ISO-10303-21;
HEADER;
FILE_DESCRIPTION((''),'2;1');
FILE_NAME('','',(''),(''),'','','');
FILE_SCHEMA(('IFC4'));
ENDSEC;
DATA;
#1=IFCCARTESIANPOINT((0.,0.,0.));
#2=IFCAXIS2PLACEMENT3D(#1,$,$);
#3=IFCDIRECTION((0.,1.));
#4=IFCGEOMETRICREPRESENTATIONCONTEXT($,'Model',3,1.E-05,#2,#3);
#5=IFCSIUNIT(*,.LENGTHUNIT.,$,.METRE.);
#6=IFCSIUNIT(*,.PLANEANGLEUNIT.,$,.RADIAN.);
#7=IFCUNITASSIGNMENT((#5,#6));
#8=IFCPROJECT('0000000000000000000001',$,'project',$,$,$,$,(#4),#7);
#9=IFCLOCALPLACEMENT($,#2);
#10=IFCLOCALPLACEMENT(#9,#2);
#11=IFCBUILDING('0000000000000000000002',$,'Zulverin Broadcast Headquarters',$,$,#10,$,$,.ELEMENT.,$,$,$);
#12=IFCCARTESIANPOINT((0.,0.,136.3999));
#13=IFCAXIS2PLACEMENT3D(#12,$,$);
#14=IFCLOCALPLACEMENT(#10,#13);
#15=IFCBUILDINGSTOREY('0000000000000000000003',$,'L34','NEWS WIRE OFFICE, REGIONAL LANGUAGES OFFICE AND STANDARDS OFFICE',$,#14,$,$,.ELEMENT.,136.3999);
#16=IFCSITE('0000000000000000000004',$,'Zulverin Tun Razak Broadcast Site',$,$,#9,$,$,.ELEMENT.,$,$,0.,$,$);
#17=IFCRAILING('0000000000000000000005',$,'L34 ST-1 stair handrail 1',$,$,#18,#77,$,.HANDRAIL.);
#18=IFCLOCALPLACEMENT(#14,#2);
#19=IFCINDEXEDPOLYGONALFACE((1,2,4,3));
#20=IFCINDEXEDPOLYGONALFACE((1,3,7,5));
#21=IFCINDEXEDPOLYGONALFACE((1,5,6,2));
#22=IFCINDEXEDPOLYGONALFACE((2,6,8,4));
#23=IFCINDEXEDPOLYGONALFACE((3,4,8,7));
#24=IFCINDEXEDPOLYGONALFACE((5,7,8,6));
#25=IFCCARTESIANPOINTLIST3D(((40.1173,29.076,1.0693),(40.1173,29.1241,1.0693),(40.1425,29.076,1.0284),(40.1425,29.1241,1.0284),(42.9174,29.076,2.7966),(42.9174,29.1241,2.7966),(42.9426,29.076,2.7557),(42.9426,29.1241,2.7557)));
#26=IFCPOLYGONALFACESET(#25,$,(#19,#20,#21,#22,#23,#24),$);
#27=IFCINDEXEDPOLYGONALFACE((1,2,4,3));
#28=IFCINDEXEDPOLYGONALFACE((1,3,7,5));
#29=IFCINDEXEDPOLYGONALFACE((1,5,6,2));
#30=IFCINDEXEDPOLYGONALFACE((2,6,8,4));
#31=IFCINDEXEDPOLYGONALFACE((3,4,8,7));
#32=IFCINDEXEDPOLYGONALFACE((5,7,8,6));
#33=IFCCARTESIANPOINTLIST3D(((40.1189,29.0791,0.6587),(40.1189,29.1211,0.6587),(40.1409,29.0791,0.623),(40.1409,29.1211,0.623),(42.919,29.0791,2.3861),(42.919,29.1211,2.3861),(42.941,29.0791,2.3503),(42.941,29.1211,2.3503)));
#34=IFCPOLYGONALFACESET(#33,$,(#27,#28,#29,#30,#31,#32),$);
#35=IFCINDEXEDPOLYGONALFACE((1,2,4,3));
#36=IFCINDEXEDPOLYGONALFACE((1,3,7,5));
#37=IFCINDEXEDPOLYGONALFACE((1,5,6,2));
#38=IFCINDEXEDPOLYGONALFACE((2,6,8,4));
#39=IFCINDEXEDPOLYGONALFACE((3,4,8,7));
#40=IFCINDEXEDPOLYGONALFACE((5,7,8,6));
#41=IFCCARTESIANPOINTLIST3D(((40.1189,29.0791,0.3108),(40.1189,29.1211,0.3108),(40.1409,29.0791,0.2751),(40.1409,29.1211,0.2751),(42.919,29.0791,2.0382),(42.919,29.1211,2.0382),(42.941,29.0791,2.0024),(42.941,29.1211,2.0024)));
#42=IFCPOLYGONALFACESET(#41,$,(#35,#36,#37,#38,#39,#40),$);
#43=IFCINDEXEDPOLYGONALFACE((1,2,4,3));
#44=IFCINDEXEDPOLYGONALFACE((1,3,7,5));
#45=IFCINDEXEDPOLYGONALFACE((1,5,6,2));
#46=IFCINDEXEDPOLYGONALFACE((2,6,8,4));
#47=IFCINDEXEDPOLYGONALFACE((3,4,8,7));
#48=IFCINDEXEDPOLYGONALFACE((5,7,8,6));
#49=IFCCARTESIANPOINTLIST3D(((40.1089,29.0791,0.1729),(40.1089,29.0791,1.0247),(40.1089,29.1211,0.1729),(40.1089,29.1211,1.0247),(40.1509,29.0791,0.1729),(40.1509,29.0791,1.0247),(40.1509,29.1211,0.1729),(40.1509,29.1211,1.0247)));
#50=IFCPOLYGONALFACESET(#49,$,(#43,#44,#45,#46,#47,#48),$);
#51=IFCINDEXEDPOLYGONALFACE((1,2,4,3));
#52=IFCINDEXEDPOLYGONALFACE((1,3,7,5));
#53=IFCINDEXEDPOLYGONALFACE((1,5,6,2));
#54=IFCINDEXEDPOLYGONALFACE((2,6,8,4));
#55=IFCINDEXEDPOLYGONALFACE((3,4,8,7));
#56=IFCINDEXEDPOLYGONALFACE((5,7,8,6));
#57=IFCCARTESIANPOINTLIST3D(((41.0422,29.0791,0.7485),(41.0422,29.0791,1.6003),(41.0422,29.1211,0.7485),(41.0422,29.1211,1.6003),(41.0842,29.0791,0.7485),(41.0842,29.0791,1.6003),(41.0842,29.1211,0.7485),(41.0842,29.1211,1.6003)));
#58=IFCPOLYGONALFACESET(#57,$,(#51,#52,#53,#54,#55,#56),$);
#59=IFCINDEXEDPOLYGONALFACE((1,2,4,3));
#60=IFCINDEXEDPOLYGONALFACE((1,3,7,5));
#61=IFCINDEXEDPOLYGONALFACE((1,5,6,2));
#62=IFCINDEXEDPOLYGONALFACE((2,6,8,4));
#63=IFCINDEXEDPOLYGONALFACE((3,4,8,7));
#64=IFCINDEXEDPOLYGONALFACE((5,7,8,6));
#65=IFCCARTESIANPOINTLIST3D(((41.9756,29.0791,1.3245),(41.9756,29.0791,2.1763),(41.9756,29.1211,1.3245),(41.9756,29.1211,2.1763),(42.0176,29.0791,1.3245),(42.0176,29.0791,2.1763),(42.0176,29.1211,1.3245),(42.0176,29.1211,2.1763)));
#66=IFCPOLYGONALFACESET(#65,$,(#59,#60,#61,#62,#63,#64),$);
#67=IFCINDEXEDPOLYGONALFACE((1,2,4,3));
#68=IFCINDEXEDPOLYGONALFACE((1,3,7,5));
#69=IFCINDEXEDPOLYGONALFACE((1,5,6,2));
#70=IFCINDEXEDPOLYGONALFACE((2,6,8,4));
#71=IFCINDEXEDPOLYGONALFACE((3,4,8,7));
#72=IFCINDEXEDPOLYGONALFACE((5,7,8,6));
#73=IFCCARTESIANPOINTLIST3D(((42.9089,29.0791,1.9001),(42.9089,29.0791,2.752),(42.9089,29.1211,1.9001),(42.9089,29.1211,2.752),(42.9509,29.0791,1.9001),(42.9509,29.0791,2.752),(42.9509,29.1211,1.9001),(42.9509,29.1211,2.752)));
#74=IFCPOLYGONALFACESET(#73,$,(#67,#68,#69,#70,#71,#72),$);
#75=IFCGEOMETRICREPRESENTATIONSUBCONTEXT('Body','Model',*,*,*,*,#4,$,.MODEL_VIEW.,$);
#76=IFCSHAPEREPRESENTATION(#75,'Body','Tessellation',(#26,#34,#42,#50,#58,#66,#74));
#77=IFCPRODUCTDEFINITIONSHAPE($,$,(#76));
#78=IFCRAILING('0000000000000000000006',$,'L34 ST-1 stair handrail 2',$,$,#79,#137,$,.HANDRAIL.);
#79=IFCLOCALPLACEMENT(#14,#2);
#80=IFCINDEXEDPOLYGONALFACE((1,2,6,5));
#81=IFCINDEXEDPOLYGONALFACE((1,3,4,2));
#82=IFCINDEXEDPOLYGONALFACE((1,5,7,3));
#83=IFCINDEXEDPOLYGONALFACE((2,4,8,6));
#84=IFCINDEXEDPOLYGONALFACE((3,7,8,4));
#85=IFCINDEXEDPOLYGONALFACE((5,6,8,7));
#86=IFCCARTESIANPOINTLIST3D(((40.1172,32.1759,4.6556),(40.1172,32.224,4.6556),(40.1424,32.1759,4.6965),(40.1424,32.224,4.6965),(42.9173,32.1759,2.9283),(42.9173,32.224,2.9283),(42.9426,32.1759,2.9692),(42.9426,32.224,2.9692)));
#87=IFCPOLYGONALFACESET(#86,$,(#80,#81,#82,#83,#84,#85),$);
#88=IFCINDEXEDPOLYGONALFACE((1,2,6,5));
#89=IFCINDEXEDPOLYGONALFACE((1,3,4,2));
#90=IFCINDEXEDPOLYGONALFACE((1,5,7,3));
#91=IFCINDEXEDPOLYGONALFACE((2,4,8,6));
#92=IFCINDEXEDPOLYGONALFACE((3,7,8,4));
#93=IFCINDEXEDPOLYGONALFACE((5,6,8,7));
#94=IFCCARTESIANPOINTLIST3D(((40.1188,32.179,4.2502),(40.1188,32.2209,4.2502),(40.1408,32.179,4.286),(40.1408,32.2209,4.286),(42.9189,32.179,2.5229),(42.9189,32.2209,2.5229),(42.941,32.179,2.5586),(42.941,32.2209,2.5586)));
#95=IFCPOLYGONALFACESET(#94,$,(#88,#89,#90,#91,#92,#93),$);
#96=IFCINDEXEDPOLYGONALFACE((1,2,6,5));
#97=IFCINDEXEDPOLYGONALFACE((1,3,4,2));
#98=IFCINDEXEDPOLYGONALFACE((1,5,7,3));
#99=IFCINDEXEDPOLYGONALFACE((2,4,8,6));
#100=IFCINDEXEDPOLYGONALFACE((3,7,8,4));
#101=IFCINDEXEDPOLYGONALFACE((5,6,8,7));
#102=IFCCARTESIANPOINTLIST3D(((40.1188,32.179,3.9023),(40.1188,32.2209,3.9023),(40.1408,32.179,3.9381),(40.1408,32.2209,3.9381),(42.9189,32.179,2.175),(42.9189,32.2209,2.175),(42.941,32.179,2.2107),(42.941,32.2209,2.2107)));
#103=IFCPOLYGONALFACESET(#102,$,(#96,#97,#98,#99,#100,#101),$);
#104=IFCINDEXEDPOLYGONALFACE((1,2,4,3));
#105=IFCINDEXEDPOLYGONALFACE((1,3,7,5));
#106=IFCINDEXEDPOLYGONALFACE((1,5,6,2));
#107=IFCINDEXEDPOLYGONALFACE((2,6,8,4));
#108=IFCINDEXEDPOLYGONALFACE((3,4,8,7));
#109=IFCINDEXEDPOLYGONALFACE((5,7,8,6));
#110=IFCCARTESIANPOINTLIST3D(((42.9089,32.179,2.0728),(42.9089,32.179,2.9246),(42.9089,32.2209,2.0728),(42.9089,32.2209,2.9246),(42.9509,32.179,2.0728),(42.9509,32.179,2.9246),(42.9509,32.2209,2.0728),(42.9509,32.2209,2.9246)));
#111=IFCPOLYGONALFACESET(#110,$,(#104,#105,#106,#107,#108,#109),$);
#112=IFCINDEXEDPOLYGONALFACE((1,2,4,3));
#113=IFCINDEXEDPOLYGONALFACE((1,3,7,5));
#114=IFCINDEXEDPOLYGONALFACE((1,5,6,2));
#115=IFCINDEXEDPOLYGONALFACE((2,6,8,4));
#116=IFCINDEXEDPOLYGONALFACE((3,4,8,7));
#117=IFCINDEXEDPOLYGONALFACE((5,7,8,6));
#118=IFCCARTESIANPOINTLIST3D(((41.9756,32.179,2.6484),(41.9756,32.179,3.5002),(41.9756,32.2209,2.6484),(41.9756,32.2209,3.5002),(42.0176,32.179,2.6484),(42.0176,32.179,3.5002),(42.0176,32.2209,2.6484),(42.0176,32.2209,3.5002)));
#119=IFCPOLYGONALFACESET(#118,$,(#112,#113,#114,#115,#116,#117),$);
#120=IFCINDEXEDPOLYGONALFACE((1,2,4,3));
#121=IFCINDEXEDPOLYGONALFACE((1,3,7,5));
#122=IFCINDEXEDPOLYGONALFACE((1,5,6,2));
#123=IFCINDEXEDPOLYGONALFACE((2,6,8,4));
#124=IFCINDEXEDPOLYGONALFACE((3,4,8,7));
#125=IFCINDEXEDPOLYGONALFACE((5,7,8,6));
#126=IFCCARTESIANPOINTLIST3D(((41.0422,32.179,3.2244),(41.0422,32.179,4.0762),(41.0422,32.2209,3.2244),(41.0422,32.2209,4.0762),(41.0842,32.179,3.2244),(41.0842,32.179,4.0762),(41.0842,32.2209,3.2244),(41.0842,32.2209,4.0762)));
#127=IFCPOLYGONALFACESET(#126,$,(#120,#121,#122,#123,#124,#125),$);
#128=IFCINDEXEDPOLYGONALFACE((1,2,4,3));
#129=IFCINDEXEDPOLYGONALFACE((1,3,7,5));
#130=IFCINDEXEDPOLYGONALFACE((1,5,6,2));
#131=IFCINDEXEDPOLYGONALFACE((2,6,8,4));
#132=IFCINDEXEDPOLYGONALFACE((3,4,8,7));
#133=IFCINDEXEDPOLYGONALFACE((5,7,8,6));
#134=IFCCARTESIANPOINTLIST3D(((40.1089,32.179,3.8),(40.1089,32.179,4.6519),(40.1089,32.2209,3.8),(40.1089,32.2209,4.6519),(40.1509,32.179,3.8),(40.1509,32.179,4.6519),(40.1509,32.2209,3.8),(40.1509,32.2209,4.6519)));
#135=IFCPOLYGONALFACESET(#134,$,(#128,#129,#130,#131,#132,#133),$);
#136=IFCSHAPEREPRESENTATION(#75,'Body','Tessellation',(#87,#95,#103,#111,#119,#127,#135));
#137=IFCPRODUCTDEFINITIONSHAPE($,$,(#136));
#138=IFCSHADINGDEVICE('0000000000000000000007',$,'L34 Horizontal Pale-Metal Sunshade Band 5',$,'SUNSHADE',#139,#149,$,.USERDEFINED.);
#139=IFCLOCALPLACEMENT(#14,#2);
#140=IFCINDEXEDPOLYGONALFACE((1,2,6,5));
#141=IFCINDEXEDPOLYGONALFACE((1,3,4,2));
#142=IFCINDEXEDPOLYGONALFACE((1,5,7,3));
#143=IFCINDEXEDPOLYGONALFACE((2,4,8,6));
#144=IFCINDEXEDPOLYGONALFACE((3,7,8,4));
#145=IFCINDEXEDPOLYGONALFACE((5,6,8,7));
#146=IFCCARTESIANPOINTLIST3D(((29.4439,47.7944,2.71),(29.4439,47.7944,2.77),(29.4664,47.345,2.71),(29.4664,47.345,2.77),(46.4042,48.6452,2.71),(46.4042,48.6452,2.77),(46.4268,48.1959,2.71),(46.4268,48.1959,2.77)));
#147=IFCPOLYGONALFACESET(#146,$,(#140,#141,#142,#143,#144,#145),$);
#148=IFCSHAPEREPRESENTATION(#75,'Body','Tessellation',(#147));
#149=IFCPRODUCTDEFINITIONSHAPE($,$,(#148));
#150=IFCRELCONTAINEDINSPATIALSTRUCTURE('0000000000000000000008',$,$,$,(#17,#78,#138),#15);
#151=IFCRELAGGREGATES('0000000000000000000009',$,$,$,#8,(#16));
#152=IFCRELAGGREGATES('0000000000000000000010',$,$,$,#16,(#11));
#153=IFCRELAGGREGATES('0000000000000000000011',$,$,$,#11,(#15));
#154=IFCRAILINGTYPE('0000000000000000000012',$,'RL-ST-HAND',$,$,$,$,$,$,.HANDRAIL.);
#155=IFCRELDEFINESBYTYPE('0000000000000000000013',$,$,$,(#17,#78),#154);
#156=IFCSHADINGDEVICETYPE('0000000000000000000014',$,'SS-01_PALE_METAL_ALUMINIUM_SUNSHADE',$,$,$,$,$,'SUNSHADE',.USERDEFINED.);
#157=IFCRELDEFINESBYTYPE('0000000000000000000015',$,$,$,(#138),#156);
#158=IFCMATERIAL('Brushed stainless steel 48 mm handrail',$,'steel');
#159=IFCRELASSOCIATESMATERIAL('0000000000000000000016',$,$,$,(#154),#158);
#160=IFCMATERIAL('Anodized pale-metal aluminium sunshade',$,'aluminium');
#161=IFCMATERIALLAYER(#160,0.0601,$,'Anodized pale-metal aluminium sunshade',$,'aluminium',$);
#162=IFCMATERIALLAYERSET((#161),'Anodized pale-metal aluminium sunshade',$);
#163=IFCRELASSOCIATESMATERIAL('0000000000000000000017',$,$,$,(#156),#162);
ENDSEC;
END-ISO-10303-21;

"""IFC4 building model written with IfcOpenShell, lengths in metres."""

from ifc_helpers import new_model, si_unit, direction, frame, origin, origin_2d, place, context, subcontext, project, spatial, rectangle, extrude, material, layer, layer_set, type_object, element, save


model = new_model("IFC4")

# Units and contexts
model_context = context("Model", 3, precision=1e-05, world=origin(), true_north=direction((0.0, 1.0)))
body_context = subcontext(model_context, "Body", "Model", "MODEL_VIEW")
ifc_project = project(units=[si_unit("LENGTHUNIT", "METRE"), si_unit("PLANEANGLEUNIT", "RADIAN")], contexts=[model_context])

# Site, building, storey
site_placement = place(None, origin())
site = spatial("IfcSite", under=ifc_project, at=site_placement, Name="Zulverin Tun Razak Broadcast Site", CompositionType="ELEMENT", RefElevation=0.0)
building_placement = place(site_placement, origin())
building = spatial("IfcBuilding", under=site, at=building_placement, Name="Zulverin Broadcast Headquarters", CompositionType="ELEMENT")
storey_placement = place(building_placement, frame((0.0, 0.0, 136.3999)))
storey = spatial("IfcBuildingStorey", under=building, at=storey_placement, Name="L34", Description="NEWS WIRE OFFICE, REGIONAL LANGUAGES OFFICE AND STANDARDS OFFICE", CompositionType="ELEMENT", Elevation=136.3999)

# Railings
ifc_material_1 = material(Name="Brushed stainless steel 48 mm handrail", Category="steel")
railing_type_1 = type_object("IfcRailingType", Name="RL-ST-HAND", PredefinedType="HANDRAIL", material=ifc_material_1)
railing_1_placement = place(storey_placement, frame((40.1299, 29.1001, 0.1729)))
element("IfcRailing", 1, at=railing_1_placement, inside=storey, type_object=railing_type_1, Name="L34 ST-1 stair handrail 1", PredefinedType="HANDRAIL", context=body_context, shape_type="SweptSolid", body=[
    extrude(rectangle(XDim=0.0481, YDim=0.0481, at=origin_2d()), frame((0.0, 0.0, 0.876), z_axis=(0.85109, 0.0, 0.52502), x_axis=(0.0, 1.0, 0.0)), (0.0, 0.0, 1.0), 3.29),
    extrude(rectangle(XDim=0.042, YDim=0.042, at=origin_2d()), frame((0.0, 0.0, 0.468), z_axis=(0.85109, 0.0, 0.52502), x_axis=(0.0, 1.0, 0.0)), (0.0, 0.0, 1.0), 3.29),
    extrude(rectangle(XDim=0.042, YDim=0.042, at=origin_2d()), frame((0.0, 0.0, 0.1201), z_axis=(0.85109, 0.0, 0.52502), x_axis=(0.0, 1.0, 0.0)), (0.0, 0.0, 1.0), 3.29),
    extrude(rectangle(XDim=0.042, YDim=0.042, at=origin_2d()), origin(), (0.0, 0.0, 1.0), 0.8518),
    extrude(rectangle(XDim=0.042, YDim=0.042, at=origin_2d()), frame((0.9333, 0.0, 0.5757)), (0.0, 0.0, 1.0), 0.8518),
    extrude(rectangle(XDim=0.042, YDim=0.042, at=origin_2d()), frame((1.8667, 0.0, 1.1516)), (0.0, 0.0, 1.0), 0.8518),
    extrude(rectangle(XDim=0.042, YDim=0.042, at=origin_2d()), frame((2.8, 0.0, 1.7273)), (0.0, 0.0, 1.0), 0.8518),
])
railing_2_placement = place(storey_placement, frame((42.9299, 32.2, 2.0728)))
element("IfcRailing", 2, at=railing_2_placement, inside=storey, type_object=railing_type_1, Name="L34 ST-1 stair handrail 2", PredefinedType="HANDRAIL", context=body_context, shape_type="SweptSolid", body=[
    extrude(rectangle(XDim=0.0481, YDim=0.0481, at=origin_2d()), frame((0.0, 0.0, 0.876), z_axis=(-0.85109, 0.0, 0.52502), x_axis=(0.0, -1.0, 0.0)), (0.0, 0.0, 1.0), 3.29),
    extrude(rectangle(XDim=0.042, YDim=0.042, at=origin_2d()), frame((0.0, 0.0, 0.468), z_axis=(-0.85109, 0.0, 0.52502), x_axis=(0.0, -1.0, 0.0)), (0.0, 0.0, 1.0), 3.29),
    extrude(rectangle(XDim=0.042, YDim=0.042, at=origin_2d()), frame((0.0, 0.0, 0.1201), z_axis=(-0.85109, 0.0, 0.52502), x_axis=(0.0, -1.0, 0.0)), (0.0, 0.0, 1.0), 3.29),
    extrude(rectangle(XDim=0.042, YDim=0.042, at=origin_2d()), origin(), (0.0, 0.0, 1.0), 0.8518),
    extrude(rectangle(XDim=0.042, YDim=0.042, at=origin_2d()), frame((-0.9333, 0.0, 0.5757)), (0.0, 0.0, 1.0), 0.8518),
    extrude(rectangle(XDim=0.042, YDim=0.042, at=origin_2d()), frame((-1.8667, 0.0, 1.1516)), (0.0, 0.0, 1.0), 0.8518),
    extrude(rectangle(XDim=0.042, YDim=0.042, at=origin_2d()), frame((-2.8, 0.0, 1.7273)), (0.0, 0.0, 1.0), 0.8518),
])

# Shading device
ifc_material_2 = material(Name="Anodized pale-metal aluminium sunshade", Category="aluminium")
ifc_layer_1 = layer(ifc_material_2, 0.0601, Name="Anodized pale-metal aluminium sunshade", Category="aluminium")
ifc_layer_set_1 = layer_set([ifc_layer_1], Name="Anodized pale-metal aluminium sunshade")
shading_device_type = type_object("IfcShadingDeviceType", Name="SS-01_PALE_METAL_ALUMINIUM_SUNSHADE", ElementType="SUNSHADE", PredefinedType="USERDEFINED", material=ifc_layer_set_1)
shading_device_placement = place(storey_placement, frame((37.9353, 47.9951, 2.71), z_axis=(0.0, 0.0, 1.0), x_axis=(-0.998744, -0.050105, 0.0)))
element("IfcShadingDevice", 3, at=shading_device_placement, inside=storey, type_object=shading_device_type, Name="L34 Horizontal Pale-Metal Sunshade Band 5", ObjectType="SUNSHADE", PredefinedType="USERDEFINED", context=body_context, shape_type="SweptSolid", body=[
    extrude(rectangle(XDim=16.9817, YDim=0.45, at=origin_2d()), origin(), (0.0, 0.0, 1.0), 0.0601),
])

save(model, "model.ifc")
